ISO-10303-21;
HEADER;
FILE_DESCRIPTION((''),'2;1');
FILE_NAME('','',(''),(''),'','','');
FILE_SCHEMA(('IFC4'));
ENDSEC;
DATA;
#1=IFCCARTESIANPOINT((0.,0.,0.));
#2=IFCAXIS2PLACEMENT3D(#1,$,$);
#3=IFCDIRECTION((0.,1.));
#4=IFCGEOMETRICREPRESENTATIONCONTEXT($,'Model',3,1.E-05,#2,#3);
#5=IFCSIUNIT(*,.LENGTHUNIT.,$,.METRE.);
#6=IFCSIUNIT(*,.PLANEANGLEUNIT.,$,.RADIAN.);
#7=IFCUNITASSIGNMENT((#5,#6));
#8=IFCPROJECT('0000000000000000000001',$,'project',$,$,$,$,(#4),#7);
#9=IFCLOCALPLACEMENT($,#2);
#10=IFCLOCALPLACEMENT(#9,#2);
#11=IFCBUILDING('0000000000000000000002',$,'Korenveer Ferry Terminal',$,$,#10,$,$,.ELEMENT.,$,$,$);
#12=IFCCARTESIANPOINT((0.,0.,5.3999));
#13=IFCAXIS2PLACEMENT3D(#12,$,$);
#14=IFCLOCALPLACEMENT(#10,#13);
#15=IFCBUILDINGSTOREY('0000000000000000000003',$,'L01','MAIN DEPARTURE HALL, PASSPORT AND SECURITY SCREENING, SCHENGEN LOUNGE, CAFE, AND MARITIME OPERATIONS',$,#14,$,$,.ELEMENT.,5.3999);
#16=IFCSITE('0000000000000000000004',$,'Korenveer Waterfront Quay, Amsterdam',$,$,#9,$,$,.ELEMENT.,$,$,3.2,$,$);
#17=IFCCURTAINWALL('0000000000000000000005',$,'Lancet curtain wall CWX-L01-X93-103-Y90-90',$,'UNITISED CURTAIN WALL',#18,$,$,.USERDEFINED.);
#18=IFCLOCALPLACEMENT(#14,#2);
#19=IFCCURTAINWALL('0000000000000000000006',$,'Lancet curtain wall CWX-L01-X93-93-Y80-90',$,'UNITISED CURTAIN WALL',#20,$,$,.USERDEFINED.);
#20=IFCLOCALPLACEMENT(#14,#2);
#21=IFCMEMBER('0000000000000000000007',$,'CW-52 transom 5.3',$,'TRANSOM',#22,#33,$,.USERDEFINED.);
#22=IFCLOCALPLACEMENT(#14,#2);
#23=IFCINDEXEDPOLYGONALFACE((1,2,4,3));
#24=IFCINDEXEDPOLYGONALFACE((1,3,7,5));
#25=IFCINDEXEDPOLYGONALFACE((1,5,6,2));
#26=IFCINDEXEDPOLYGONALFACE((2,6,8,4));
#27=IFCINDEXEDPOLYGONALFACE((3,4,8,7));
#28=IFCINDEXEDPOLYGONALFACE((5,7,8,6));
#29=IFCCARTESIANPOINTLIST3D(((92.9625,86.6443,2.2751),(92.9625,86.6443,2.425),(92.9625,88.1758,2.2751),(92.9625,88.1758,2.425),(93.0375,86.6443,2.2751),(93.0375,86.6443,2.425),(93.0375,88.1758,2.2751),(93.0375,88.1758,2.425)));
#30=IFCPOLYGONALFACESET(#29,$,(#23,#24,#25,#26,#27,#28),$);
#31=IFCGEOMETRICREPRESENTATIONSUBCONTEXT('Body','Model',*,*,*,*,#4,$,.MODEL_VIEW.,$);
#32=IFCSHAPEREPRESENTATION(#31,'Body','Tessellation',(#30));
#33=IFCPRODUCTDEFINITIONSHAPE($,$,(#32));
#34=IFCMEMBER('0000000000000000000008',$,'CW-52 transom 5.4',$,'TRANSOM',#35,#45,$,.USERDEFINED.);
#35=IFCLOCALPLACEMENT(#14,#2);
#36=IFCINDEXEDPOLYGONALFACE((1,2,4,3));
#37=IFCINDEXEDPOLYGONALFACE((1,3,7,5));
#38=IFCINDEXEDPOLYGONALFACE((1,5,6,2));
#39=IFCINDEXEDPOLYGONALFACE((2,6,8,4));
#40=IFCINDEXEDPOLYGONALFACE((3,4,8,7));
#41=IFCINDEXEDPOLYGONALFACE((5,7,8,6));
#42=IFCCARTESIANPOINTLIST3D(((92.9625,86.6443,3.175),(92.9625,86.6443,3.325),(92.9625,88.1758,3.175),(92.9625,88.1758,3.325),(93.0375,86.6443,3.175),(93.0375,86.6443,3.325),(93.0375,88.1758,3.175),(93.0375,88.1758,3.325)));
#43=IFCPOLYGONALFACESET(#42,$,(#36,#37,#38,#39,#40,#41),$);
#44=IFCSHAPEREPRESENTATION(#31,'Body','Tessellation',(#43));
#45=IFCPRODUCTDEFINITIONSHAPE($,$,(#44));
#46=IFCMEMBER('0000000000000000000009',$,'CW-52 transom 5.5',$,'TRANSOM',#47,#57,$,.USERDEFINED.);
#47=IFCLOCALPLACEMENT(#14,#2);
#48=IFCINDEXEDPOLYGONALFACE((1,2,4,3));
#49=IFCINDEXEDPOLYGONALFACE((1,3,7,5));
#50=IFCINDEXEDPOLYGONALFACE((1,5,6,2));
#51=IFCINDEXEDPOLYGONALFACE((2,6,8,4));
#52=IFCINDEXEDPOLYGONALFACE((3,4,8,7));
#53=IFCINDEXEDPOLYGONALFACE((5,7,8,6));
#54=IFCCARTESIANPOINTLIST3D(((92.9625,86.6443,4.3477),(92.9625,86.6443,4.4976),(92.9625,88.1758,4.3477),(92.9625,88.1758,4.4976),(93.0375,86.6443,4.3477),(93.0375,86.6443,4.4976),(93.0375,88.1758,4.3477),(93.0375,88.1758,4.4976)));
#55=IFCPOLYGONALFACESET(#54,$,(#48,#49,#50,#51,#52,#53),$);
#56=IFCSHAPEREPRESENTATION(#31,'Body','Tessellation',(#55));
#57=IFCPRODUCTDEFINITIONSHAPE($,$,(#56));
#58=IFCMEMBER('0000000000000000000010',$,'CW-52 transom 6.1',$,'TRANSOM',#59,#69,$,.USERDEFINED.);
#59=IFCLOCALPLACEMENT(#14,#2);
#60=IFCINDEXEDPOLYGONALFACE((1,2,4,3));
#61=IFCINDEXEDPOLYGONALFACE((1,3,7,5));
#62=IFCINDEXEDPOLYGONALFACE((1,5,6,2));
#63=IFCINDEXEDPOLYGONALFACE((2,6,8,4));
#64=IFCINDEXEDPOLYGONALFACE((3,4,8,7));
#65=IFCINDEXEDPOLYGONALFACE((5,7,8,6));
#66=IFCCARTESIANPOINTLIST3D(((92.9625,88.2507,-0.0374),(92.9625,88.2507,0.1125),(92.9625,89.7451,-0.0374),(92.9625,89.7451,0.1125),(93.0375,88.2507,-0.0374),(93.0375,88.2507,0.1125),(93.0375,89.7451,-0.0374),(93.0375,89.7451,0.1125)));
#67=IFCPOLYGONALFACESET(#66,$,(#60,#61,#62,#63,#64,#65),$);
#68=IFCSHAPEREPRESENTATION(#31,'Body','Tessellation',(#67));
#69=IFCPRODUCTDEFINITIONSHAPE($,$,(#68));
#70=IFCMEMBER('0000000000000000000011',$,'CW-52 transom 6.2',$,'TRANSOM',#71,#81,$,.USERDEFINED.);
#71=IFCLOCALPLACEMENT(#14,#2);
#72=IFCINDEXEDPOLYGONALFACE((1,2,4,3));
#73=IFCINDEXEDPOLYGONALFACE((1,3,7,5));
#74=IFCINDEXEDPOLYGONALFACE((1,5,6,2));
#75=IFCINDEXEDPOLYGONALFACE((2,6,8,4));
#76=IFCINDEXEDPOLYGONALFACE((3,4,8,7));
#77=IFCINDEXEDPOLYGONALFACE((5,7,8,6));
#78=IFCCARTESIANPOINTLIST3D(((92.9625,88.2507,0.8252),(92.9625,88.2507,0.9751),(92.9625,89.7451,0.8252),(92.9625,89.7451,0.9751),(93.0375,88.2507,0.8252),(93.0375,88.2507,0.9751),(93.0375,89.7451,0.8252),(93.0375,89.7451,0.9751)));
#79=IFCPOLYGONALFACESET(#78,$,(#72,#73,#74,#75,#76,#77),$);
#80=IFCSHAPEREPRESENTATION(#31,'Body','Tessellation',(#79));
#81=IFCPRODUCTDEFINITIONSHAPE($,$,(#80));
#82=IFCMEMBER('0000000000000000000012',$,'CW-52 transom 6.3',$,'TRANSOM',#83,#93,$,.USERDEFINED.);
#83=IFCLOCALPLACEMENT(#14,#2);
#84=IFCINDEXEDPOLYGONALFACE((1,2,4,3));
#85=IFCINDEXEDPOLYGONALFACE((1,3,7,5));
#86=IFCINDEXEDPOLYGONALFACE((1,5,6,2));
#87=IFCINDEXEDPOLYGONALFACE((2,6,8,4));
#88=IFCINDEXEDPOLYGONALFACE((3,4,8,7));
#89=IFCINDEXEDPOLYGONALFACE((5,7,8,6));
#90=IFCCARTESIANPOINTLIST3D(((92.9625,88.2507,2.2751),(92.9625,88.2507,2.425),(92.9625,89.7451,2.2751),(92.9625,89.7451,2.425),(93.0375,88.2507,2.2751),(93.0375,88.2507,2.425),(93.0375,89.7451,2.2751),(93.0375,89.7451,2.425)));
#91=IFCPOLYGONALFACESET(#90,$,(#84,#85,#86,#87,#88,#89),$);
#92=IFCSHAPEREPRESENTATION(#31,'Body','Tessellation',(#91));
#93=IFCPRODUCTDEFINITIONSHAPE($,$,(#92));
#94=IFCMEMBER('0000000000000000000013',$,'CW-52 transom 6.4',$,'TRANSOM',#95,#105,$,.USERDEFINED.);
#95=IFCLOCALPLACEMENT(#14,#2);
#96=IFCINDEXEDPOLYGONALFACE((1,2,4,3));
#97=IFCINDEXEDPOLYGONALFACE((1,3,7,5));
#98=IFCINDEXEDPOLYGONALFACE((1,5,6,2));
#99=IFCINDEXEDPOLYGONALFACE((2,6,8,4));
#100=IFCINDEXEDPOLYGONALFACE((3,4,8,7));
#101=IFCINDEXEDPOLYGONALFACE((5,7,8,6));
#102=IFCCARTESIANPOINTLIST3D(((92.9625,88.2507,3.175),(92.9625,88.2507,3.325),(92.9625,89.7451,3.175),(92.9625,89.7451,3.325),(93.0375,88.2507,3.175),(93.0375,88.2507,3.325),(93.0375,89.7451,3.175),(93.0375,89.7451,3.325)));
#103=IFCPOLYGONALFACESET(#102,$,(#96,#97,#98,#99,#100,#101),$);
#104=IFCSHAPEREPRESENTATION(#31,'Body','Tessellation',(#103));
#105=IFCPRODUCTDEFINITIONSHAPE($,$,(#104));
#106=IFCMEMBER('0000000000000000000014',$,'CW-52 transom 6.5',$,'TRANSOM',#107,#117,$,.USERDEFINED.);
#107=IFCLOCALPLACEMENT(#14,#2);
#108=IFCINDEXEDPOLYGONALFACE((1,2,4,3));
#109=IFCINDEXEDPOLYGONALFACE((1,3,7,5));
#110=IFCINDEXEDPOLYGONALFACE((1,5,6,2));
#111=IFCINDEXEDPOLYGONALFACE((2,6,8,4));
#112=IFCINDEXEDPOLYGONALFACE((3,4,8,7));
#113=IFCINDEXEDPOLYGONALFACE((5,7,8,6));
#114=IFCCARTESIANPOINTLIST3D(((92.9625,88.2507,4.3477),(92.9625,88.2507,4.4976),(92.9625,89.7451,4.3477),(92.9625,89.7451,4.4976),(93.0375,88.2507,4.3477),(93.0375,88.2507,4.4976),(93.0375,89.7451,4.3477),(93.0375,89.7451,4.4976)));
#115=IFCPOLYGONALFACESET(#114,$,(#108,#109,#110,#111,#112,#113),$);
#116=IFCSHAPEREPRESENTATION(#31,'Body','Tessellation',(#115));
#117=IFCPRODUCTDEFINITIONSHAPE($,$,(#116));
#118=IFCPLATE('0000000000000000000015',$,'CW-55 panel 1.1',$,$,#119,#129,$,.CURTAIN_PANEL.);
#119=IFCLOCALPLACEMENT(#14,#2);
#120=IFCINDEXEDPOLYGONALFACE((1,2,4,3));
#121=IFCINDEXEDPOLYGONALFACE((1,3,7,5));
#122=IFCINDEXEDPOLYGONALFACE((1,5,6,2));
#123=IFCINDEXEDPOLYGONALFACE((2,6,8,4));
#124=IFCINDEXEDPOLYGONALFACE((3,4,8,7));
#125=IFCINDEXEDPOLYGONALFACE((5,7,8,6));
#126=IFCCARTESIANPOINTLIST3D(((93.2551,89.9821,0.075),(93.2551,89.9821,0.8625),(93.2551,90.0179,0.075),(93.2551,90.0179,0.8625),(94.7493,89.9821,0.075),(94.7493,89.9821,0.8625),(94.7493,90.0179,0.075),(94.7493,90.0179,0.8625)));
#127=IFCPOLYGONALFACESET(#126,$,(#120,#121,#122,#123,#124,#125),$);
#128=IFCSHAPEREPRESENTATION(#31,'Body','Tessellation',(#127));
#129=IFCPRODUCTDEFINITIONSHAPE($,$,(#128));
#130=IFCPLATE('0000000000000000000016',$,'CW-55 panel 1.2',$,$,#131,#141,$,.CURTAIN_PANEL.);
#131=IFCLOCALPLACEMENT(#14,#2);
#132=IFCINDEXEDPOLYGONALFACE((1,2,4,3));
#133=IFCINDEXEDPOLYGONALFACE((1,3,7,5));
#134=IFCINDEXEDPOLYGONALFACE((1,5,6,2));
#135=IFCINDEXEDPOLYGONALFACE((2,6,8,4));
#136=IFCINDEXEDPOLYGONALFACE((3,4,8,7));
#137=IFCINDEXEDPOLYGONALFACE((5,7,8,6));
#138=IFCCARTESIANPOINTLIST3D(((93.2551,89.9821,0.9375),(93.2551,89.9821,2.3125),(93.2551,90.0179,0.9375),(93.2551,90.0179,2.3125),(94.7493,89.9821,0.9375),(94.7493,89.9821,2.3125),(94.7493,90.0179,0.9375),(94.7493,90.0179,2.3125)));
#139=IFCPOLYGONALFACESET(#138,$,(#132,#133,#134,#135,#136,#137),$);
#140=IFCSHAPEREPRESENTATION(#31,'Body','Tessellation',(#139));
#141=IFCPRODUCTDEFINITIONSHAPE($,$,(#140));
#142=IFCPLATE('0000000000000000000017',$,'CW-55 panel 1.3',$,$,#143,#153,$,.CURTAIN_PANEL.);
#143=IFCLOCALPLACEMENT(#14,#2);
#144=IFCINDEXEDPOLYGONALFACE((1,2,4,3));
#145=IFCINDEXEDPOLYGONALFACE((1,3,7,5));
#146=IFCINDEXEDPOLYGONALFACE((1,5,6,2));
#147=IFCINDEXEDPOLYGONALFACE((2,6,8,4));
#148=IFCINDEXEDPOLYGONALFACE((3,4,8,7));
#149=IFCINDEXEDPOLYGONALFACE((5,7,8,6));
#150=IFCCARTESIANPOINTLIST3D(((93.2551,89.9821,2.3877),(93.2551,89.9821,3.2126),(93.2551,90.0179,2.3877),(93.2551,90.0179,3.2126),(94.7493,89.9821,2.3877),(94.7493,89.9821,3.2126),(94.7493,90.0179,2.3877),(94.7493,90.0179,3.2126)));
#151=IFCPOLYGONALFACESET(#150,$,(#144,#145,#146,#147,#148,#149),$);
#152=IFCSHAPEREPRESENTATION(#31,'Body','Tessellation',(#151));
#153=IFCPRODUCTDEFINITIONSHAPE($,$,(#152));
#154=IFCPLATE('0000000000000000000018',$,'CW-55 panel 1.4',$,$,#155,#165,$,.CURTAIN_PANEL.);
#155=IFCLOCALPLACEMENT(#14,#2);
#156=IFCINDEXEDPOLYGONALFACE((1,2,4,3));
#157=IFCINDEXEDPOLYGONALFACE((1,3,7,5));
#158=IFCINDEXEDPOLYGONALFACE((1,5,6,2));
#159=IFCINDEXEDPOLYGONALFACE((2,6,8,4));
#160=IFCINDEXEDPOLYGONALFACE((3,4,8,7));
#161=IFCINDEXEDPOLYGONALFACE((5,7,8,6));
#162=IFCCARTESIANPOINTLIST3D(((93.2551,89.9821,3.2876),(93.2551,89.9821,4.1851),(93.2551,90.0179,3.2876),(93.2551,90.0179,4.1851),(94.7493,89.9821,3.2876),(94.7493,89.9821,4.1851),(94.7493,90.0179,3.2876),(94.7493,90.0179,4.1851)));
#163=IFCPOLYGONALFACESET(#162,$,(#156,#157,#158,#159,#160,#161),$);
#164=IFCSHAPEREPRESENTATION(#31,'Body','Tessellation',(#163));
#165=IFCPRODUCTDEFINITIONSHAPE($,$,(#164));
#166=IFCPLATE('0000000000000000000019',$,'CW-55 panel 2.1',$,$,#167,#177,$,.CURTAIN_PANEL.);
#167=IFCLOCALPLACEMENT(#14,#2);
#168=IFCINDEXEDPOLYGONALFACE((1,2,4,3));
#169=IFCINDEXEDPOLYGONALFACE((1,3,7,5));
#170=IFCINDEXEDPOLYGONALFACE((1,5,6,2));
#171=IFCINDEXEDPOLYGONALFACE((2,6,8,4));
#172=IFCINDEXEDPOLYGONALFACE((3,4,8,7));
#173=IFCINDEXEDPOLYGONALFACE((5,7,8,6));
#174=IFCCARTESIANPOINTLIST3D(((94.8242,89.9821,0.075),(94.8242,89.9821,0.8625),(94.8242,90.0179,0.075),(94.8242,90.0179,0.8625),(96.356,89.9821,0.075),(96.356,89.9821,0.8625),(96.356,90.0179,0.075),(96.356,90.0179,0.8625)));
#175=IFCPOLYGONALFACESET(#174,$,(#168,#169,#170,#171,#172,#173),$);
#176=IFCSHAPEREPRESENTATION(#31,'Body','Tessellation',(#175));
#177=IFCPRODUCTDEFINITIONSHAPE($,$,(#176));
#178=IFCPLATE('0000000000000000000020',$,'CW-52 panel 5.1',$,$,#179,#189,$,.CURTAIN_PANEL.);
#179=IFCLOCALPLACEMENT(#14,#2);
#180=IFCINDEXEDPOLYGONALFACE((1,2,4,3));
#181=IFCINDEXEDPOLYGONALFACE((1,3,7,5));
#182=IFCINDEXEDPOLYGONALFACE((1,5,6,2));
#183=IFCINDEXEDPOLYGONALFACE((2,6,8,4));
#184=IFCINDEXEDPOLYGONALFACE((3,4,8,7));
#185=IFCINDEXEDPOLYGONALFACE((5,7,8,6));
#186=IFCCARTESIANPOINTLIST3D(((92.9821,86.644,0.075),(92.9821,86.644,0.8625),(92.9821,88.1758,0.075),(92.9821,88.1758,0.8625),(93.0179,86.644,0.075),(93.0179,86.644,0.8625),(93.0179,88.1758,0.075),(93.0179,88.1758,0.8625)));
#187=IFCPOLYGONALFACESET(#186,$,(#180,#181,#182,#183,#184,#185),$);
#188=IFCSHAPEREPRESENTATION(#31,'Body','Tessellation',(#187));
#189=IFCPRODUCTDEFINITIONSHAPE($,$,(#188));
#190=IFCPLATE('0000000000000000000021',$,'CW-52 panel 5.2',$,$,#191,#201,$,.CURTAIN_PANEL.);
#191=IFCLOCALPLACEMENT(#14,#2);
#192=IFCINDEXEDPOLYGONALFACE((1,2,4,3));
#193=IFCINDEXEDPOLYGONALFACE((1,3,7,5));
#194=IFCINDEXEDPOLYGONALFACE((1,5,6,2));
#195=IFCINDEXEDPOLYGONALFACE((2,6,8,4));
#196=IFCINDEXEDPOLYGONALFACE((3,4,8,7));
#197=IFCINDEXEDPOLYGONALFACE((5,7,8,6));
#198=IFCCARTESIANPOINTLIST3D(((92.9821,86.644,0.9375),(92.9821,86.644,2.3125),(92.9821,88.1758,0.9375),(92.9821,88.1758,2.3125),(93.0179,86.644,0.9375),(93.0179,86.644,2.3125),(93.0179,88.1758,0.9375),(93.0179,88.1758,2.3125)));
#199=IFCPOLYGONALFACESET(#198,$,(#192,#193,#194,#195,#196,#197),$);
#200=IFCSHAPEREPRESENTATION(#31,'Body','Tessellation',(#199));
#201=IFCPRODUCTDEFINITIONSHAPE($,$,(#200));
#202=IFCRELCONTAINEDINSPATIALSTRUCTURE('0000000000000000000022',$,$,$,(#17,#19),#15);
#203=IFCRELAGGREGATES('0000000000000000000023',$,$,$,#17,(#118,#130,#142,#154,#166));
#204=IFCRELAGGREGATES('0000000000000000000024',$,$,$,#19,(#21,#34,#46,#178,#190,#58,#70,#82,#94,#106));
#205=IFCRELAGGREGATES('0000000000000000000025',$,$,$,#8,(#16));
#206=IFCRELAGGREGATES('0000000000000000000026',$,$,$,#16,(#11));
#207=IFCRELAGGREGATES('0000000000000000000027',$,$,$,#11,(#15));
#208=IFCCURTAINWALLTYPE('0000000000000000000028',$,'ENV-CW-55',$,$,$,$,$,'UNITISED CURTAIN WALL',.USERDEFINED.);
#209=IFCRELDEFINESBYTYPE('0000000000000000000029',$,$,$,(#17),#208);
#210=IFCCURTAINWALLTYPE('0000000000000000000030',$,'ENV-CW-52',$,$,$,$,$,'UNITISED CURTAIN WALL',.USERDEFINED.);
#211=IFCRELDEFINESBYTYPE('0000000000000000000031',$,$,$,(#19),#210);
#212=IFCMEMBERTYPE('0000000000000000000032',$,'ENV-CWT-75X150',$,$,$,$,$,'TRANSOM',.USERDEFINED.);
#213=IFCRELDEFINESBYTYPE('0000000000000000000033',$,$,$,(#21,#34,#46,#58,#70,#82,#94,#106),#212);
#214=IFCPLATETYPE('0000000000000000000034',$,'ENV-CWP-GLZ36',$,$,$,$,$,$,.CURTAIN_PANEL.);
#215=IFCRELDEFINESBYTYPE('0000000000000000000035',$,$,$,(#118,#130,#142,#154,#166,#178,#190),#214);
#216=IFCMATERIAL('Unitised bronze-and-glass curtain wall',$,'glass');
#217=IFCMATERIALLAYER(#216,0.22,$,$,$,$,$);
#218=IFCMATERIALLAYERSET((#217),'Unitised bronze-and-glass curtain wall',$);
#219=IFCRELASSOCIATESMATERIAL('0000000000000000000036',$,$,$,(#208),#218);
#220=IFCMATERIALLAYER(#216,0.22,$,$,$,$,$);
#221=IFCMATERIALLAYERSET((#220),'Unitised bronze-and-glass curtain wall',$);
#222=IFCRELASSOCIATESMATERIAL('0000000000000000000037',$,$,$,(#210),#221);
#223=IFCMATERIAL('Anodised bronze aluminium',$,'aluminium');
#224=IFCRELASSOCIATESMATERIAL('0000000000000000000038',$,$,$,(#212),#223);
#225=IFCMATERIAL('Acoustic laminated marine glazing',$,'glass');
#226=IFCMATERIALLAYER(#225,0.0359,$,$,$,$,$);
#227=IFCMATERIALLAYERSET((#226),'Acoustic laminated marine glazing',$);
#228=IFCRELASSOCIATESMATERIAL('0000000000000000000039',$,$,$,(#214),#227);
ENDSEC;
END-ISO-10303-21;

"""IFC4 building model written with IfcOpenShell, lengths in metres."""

from ifc_helpers import new_model, si_unit, direction, frame, origin, origin_2d, place, context, subcontext, project, spatial, rectangle, extrude, material, layer, layer_set, material_profile, profile_set, type_object, element, aggregate, save


model = new_model("IFC4")

# Units and contexts
model_context = context("Model", 3, precision=1e-05, world=origin(), true_north=direction((0.0, 1.0)))
body_context = subcontext(model_context, "Body", "Model", "MODEL_VIEW")
ifc_project = project(units=[si_unit("LENGTHUNIT", "METRE"), si_unit("PLANEANGLEUNIT", "RADIAN")], contexts=[model_context])

# Site, building, storey
site_placement = place(None, origin())
site = spatial("IfcSite", under=ifc_project, at=site_placement, Name="Korenveer Waterfront Quay, Amsterdam", CompositionType="ELEMENT", RefElevation=3.2)
building_placement = place(site_placement, origin())
building = spatial("IfcBuilding", under=site, at=building_placement, Name="Korenveer Ferry Terminal", CompositionType="ELEMENT")
storey_placement = place(building_placement, frame((0.0, 0.0, 5.3999)))
storey = spatial("IfcBuildingStorey", under=building, at=storey_placement, Name="L01", Description="MAIN DEPARTURE HALL, PASSPORT AND SECURITY SCREENING, SCHENGEN LOUNGE, CAFE, AND MARITIME OPERATIONS", CompositionType="ELEMENT", Elevation=5.3999)

# Curtain walls
ifc_material_1 = material(Name="Unitised bronze-and-glass curtain wall", Category="glass")
ifc_layer_1 = layer(ifc_material_1, 0.22)
ifc_layer_set_1 = layer_set([ifc_layer_1], Name="Unitised bronze-and-glass curtain wall")
curtain_wall_type_1 = type_object("IfcCurtainWallType", Name="ENV-CW-55", ElementType="UNITISED CURTAIN WALL", PredefinedType="USERDEFINED", material=ifc_layer_set_1)
curtain_wall_1_placement = place(storey_placement, frame((93.1799, 90.0, 0.0)))
curtain_wall_1 = element("IfcCurtainWall", 1, at=curtain_wall_1_placement, inside=storey, type_object=curtain_wall_type_1, Name="Lancet curtain wall CWX-L01-X93-103-Y90-90", ObjectType="UNITISED CURTAIN WALL", PredefinedType="USERDEFINED")
ifc_material_2 = material(Name="Anodised bronze aluminium", Category="aluminium")
ifc_layer_2 = layer(ifc_material_1, 0.22)
ifc_layer_set_2 = layer_set([ifc_layer_2], Name="Unitised bronze-and-glass curtain wall")
curtain_wall_type_2 = type_object("IfcCurtainWallType", Name="ENV-CW-52", ElementType="UNITISED CURTAIN WALL", PredefinedType="USERDEFINED", material=ifc_layer_set_2)
curtain_wall_2_placement = place(storey_placement, frame((93.0, 80.1799, 0.0)))
curtain_wall_2 = element("IfcCurtainWall", 2, at=curtain_wall_2_placement, inside=storey, type_object=curtain_wall_type_2, Name="Lancet curtain wall CWX-L01-X93-93-Y80-90", ObjectType="UNITISED CURTAIN WALL", PredefinedType="USERDEFINED")

# Members
ifc_material_profile_1 = material_profile(ifc_material_2, rectangle(XDim=0.075, YDim=0.1499, at=origin_2d()), Name="ALU 75x150")
ifc_profile_set_1 = profile_set([ifc_material_profile_1], Name="Anodised bronze aluminium")
member_type_1 = type_object("IfcMemberType", Name="ENV-CWT-75X150", ElementType="TRANSOM", PredefinedType="USERDEFINED", material=ifc_profile_set_1)
member_1_placement = place(storey_placement, frame((93.0, 86.6443, 2.3501), z_axis=(0.0, 1.0, 0.0), x_axis=(-1.0, 0.0, 0.0)))
member_1 = element("IfcMember", 3, at=member_1_placement, type_object=member_type_1, Name="CW-52 transom 5.3", ObjectType="TRANSOM", PredefinedType="USERDEFINED", context=body_context, shape_type="SweptSolid", body=[
    extrude(rectangle(XDim=0.075, YDim=0.1499, at=origin_2d()), origin(), (0.0, 0.0, 1.0), 1.5315),
])
member_2_placement = place(storey_placement, frame((93.0, 86.6443, 3.25), z_axis=(0.0, 1.0, 0.0), x_axis=(-1.0, 0.0, 0.0)))
member_2 = element("IfcMember", 4, at=member_2_placement, type_object=member_type_1, Name="CW-52 transom 5.4", ObjectType="TRANSOM", PredefinedType="USERDEFINED", context=body_context, shape_type="SweptSolid", body=[
    extrude(rectangle(XDim=0.075, YDim=0.1499, at=origin_2d()), origin(), (0.0, 0.0, 1.0), 1.5315),
])
member_3_placement = place(storey_placement, frame((93.0, 86.6443, 4.4226), z_axis=(0.0, 1.0, 0.0), x_axis=(-1.0, 0.0, 0.0)))
member_3 = element("IfcMember", 5, at=member_3_placement, type_object=member_type_1, Name="CW-52 transom 5.5", ObjectType="TRANSOM", PredefinedType="USERDEFINED", context=body_context, shape_type="SweptSolid", body=[
    extrude(rectangle(XDim=0.075, YDim=0.1499, at=origin_2d()), origin(), (0.0, 0.0, 1.0), 1.5315),
])
member_4_placement = place(storey_placement, frame((93.0, 88.2507, 0.0376), z_axis=(0.0, 1.0, 0.0), x_axis=(-1.0, 0.0, 0.0)))
member_4 = element("IfcMember", 6, at=member_4_placement, type_object=member_type_1, Name="CW-52 transom 6.1", ObjectType="TRANSOM", PredefinedType="USERDEFINED", context=body_context, shape_type="SweptSolid", body=[
    extrude(rectangle(XDim=0.075, YDim=0.1499, at=origin_2d()), origin(), (0.0, 0.0, 1.0), 1.4944),
])
member_5_placement = place(storey_placement, frame((93.0, 88.2507, 0.9001), z_axis=(0.0, 1.0, 0.0), x_axis=(-1.0, 0.0, 0.0)))
member_5 = element("IfcMember", 7, at=member_5_placement, type_object=member_type_1, Name="CW-52 transom 6.2", ObjectType="TRANSOM", PredefinedType="USERDEFINED", context=body_context, shape_type="SweptSolid", body=[
    extrude(rectangle(XDim=0.075, YDim=0.1499, at=origin_2d()), origin(), (0.0, 0.0, 1.0), 1.4944),
])
member_6_placement = place(storey_placement, frame((93.0, 88.2507, 2.3501), z_axis=(0.0, 1.0, 0.0), x_axis=(-1.0, 0.0, 0.0)))
member_6 = element("IfcMember", 8, at=member_6_placement, type_object=member_type_1, Name="CW-52 transom 6.3", ObjectType="TRANSOM", PredefinedType="USERDEFINED", context=body_context, shape_type="SweptSolid", body=[
    extrude(rectangle(XDim=0.075, YDim=0.1499, at=origin_2d()), origin(), (0.0, 0.0, 1.0), 1.4944),
])
member_7_placement = place(storey_placement, frame((93.0, 88.2507, 3.25), z_axis=(0.0, 1.0, 0.0), x_axis=(-1.0, 0.0, 0.0)))
member_7 = element("IfcMember", 9, at=member_7_placement, type_object=member_type_1, Name="CW-52 transom 6.4", ObjectType="TRANSOM", PredefinedType="USERDEFINED", context=body_context, shape_type="SweptSolid", body=[
    extrude(rectangle(XDim=0.075, YDim=0.1499, at=origin_2d()), origin(), (0.0, 0.0, 1.0), 1.4944),
])
member_8_placement = place(storey_placement, frame((93.0, 88.2507, 4.4226), z_axis=(0.0, 1.0, 0.0), x_axis=(-1.0, 0.0, 0.0)))
member_8 = element("IfcMember", 10, at=member_8_placement, type_object=member_type_1, Name="CW-52 transom 6.5", ObjectType="TRANSOM", PredefinedType="USERDEFINED", context=body_context, shape_type="SweptSolid", body=[
    extrude(rectangle(XDim=0.075, YDim=0.1499, at=origin_2d()), origin(), (0.0, 0.0, 1.0), 1.4944),
])

# Plates
ifc_material_3 = material(Name="Acoustic laminated marine glazing", Category="glass")
ifc_layer_3 = layer(ifc_material_3, 0.0359)
ifc_layer_set_3 = layer_set([ifc_layer_3], Name="Acoustic laminated marine glazing")
plate_type = type_object("IfcPlateType", Name="ENV-CWP-GLZ36", PredefinedType="CURTAIN_PANEL", material=ifc_layer_set_3)
plate_1_placement = place(storey_placement, frame((94.0022, 90.0, 0.075), z_axis=(0.0, 0.0, 1.0), x_axis=(1.0, 0.0, 0.0)))
plate_1 = element("IfcPlate", 11, at=plate_1_placement, type_object=plate_type, Name="CW-55 panel 1.1", PredefinedType="CURTAIN_PANEL", context=body_context, shape_type="SweptSolid", body=[
    extrude(rectangle(XDim=1.4941, YDim=0.0359, at=origin_2d()), origin(), (0.0, 0.0, 1.0), 0.7876),
])
plate_2_placement = place(storey_placement, frame((94.0022, 90.0, 0.9375), z_axis=(0.0, 0.0, 1.0), x_axis=(1.0, 0.0, 0.0)))
plate_2 = element("IfcPlate", 12, at=plate_2_placement, type_object=plate_type, Name="CW-55 panel 1.2", PredefinedType="CURTAIN_PANEL", context=body_context, shape_type="SweptSolid", body=[
    extrude(rectangle(XDim=1.4941, YDim=0.0359, at=origin_2d()), origin(), (0.0, 0.0, 1.0), 1.375),
])
plate_3_placement = place(storey_placement, frame((94.0022, 90.0, 2.3877), z_axis=(0.0, 0.0, 1.0), x_axis=(1.0, 0.0, 0.0)))
plate_3 = element("IfcPlate", 13, at=plate_3_placement, type_object=plate_type, Name="CW-55 panel 1.3", PredefinedType="CURTAIN_PANEL", context=body_context, shape_type="SweptSolid", body=[
    extrude(rectangle(XDim=1.4941, YDim=0.0359, at=origin_2d()), origin(), (0.0, 0.0, 1.0), 0.825),
])
plate_4_placement = place(storey_placement, frame((94.0022, 90.0, 3.2876), z_axis=(0.0, 0.0, 1.0), x_axis=(1.0, 0.0, 0.0)))
plate_4 = element("IfcPlate", 14, at=plate_4_placement, type_object=plate_type, Name="CW-55 panel 1.4", PredefinedType="CURTAIN_PANEL", context=body_context, shape_type="SweptSolid", body=[
    extrude(rectangle(XDim=1.4941, YDim=0.0359, at=origin_2d()), origin(), (0.0, 0.0, 1.0), 0.8975),
])
plate_5_placement = place(storey_placement, frame((95.5901, 90.0, 0.075), z_axis=(0.0, 0.0, 1.0), x_axis=(1.0, 0.0, 0.0)))
plate_5 = element("IfcPlate", 15, at=plate_5_placement, type_object=plate_type, Name="CW-55 panel 2.1", PredefinedType="CURTAIN_PANEL", context=body_context, shape_type="SweptSolid", body=[
    extrude(rectangle(XDim=1.5317, YDim=0.0359, at=origin_2d()), origin(), (0.0, 0.0, 1.0), 0.7876),
])
aggregate(curtain_wall_1, [plate_1, plate_2, plate_3, plate_4, plate_5])
plate_6_placement = place(storey_placement, frame((93.0, 87.4099, 0.075), z_axis=(0.0, 0.0, 1.0), x_axis=(0.0, 1.0, 0.0)))
plate_6 = element("IfcPlate", 16, at=plate_6_placement, type_object=plate_type, Name="CW-52 panel 5.1", PredefinedType="CURTAIN_PANEL", context=body_context, shape_type="SweptSolid", body=[
    extrude(rectangle(XDim=1.5317, YDim=0.0359, at=origin_2d()), origin(), (0.0, 0.0, 1.0), 0.7876),
])
plate_7_placement = place(storey_placement, frame((93.0, 87.4099, 0.9375), z_axis=(0.0, 0.0, 1.0), x_axis=(0.0, 1.0, 0.0)))
plate_7 = element("IfcPlate", 17, at=plate_7_placement, type_object=plate_type, Name="CW-52 panel 5.2", PredefinedType="CURTAIN_PANEL", context=body_context, shape_type="SweptSolid", body=[
    extrude(rectangle(XDim=1.5317, YDim=0.0359, at=origin_2d()), origin(), (0.0, 0.0, 1.0), 1.375),
])
aggregate(curtain_wall_2, [member_1, member_2, member_3, plate_6, plate_7, member_4, member_5, member_6, member_7, member_8])

save(model, "model.ifc")
